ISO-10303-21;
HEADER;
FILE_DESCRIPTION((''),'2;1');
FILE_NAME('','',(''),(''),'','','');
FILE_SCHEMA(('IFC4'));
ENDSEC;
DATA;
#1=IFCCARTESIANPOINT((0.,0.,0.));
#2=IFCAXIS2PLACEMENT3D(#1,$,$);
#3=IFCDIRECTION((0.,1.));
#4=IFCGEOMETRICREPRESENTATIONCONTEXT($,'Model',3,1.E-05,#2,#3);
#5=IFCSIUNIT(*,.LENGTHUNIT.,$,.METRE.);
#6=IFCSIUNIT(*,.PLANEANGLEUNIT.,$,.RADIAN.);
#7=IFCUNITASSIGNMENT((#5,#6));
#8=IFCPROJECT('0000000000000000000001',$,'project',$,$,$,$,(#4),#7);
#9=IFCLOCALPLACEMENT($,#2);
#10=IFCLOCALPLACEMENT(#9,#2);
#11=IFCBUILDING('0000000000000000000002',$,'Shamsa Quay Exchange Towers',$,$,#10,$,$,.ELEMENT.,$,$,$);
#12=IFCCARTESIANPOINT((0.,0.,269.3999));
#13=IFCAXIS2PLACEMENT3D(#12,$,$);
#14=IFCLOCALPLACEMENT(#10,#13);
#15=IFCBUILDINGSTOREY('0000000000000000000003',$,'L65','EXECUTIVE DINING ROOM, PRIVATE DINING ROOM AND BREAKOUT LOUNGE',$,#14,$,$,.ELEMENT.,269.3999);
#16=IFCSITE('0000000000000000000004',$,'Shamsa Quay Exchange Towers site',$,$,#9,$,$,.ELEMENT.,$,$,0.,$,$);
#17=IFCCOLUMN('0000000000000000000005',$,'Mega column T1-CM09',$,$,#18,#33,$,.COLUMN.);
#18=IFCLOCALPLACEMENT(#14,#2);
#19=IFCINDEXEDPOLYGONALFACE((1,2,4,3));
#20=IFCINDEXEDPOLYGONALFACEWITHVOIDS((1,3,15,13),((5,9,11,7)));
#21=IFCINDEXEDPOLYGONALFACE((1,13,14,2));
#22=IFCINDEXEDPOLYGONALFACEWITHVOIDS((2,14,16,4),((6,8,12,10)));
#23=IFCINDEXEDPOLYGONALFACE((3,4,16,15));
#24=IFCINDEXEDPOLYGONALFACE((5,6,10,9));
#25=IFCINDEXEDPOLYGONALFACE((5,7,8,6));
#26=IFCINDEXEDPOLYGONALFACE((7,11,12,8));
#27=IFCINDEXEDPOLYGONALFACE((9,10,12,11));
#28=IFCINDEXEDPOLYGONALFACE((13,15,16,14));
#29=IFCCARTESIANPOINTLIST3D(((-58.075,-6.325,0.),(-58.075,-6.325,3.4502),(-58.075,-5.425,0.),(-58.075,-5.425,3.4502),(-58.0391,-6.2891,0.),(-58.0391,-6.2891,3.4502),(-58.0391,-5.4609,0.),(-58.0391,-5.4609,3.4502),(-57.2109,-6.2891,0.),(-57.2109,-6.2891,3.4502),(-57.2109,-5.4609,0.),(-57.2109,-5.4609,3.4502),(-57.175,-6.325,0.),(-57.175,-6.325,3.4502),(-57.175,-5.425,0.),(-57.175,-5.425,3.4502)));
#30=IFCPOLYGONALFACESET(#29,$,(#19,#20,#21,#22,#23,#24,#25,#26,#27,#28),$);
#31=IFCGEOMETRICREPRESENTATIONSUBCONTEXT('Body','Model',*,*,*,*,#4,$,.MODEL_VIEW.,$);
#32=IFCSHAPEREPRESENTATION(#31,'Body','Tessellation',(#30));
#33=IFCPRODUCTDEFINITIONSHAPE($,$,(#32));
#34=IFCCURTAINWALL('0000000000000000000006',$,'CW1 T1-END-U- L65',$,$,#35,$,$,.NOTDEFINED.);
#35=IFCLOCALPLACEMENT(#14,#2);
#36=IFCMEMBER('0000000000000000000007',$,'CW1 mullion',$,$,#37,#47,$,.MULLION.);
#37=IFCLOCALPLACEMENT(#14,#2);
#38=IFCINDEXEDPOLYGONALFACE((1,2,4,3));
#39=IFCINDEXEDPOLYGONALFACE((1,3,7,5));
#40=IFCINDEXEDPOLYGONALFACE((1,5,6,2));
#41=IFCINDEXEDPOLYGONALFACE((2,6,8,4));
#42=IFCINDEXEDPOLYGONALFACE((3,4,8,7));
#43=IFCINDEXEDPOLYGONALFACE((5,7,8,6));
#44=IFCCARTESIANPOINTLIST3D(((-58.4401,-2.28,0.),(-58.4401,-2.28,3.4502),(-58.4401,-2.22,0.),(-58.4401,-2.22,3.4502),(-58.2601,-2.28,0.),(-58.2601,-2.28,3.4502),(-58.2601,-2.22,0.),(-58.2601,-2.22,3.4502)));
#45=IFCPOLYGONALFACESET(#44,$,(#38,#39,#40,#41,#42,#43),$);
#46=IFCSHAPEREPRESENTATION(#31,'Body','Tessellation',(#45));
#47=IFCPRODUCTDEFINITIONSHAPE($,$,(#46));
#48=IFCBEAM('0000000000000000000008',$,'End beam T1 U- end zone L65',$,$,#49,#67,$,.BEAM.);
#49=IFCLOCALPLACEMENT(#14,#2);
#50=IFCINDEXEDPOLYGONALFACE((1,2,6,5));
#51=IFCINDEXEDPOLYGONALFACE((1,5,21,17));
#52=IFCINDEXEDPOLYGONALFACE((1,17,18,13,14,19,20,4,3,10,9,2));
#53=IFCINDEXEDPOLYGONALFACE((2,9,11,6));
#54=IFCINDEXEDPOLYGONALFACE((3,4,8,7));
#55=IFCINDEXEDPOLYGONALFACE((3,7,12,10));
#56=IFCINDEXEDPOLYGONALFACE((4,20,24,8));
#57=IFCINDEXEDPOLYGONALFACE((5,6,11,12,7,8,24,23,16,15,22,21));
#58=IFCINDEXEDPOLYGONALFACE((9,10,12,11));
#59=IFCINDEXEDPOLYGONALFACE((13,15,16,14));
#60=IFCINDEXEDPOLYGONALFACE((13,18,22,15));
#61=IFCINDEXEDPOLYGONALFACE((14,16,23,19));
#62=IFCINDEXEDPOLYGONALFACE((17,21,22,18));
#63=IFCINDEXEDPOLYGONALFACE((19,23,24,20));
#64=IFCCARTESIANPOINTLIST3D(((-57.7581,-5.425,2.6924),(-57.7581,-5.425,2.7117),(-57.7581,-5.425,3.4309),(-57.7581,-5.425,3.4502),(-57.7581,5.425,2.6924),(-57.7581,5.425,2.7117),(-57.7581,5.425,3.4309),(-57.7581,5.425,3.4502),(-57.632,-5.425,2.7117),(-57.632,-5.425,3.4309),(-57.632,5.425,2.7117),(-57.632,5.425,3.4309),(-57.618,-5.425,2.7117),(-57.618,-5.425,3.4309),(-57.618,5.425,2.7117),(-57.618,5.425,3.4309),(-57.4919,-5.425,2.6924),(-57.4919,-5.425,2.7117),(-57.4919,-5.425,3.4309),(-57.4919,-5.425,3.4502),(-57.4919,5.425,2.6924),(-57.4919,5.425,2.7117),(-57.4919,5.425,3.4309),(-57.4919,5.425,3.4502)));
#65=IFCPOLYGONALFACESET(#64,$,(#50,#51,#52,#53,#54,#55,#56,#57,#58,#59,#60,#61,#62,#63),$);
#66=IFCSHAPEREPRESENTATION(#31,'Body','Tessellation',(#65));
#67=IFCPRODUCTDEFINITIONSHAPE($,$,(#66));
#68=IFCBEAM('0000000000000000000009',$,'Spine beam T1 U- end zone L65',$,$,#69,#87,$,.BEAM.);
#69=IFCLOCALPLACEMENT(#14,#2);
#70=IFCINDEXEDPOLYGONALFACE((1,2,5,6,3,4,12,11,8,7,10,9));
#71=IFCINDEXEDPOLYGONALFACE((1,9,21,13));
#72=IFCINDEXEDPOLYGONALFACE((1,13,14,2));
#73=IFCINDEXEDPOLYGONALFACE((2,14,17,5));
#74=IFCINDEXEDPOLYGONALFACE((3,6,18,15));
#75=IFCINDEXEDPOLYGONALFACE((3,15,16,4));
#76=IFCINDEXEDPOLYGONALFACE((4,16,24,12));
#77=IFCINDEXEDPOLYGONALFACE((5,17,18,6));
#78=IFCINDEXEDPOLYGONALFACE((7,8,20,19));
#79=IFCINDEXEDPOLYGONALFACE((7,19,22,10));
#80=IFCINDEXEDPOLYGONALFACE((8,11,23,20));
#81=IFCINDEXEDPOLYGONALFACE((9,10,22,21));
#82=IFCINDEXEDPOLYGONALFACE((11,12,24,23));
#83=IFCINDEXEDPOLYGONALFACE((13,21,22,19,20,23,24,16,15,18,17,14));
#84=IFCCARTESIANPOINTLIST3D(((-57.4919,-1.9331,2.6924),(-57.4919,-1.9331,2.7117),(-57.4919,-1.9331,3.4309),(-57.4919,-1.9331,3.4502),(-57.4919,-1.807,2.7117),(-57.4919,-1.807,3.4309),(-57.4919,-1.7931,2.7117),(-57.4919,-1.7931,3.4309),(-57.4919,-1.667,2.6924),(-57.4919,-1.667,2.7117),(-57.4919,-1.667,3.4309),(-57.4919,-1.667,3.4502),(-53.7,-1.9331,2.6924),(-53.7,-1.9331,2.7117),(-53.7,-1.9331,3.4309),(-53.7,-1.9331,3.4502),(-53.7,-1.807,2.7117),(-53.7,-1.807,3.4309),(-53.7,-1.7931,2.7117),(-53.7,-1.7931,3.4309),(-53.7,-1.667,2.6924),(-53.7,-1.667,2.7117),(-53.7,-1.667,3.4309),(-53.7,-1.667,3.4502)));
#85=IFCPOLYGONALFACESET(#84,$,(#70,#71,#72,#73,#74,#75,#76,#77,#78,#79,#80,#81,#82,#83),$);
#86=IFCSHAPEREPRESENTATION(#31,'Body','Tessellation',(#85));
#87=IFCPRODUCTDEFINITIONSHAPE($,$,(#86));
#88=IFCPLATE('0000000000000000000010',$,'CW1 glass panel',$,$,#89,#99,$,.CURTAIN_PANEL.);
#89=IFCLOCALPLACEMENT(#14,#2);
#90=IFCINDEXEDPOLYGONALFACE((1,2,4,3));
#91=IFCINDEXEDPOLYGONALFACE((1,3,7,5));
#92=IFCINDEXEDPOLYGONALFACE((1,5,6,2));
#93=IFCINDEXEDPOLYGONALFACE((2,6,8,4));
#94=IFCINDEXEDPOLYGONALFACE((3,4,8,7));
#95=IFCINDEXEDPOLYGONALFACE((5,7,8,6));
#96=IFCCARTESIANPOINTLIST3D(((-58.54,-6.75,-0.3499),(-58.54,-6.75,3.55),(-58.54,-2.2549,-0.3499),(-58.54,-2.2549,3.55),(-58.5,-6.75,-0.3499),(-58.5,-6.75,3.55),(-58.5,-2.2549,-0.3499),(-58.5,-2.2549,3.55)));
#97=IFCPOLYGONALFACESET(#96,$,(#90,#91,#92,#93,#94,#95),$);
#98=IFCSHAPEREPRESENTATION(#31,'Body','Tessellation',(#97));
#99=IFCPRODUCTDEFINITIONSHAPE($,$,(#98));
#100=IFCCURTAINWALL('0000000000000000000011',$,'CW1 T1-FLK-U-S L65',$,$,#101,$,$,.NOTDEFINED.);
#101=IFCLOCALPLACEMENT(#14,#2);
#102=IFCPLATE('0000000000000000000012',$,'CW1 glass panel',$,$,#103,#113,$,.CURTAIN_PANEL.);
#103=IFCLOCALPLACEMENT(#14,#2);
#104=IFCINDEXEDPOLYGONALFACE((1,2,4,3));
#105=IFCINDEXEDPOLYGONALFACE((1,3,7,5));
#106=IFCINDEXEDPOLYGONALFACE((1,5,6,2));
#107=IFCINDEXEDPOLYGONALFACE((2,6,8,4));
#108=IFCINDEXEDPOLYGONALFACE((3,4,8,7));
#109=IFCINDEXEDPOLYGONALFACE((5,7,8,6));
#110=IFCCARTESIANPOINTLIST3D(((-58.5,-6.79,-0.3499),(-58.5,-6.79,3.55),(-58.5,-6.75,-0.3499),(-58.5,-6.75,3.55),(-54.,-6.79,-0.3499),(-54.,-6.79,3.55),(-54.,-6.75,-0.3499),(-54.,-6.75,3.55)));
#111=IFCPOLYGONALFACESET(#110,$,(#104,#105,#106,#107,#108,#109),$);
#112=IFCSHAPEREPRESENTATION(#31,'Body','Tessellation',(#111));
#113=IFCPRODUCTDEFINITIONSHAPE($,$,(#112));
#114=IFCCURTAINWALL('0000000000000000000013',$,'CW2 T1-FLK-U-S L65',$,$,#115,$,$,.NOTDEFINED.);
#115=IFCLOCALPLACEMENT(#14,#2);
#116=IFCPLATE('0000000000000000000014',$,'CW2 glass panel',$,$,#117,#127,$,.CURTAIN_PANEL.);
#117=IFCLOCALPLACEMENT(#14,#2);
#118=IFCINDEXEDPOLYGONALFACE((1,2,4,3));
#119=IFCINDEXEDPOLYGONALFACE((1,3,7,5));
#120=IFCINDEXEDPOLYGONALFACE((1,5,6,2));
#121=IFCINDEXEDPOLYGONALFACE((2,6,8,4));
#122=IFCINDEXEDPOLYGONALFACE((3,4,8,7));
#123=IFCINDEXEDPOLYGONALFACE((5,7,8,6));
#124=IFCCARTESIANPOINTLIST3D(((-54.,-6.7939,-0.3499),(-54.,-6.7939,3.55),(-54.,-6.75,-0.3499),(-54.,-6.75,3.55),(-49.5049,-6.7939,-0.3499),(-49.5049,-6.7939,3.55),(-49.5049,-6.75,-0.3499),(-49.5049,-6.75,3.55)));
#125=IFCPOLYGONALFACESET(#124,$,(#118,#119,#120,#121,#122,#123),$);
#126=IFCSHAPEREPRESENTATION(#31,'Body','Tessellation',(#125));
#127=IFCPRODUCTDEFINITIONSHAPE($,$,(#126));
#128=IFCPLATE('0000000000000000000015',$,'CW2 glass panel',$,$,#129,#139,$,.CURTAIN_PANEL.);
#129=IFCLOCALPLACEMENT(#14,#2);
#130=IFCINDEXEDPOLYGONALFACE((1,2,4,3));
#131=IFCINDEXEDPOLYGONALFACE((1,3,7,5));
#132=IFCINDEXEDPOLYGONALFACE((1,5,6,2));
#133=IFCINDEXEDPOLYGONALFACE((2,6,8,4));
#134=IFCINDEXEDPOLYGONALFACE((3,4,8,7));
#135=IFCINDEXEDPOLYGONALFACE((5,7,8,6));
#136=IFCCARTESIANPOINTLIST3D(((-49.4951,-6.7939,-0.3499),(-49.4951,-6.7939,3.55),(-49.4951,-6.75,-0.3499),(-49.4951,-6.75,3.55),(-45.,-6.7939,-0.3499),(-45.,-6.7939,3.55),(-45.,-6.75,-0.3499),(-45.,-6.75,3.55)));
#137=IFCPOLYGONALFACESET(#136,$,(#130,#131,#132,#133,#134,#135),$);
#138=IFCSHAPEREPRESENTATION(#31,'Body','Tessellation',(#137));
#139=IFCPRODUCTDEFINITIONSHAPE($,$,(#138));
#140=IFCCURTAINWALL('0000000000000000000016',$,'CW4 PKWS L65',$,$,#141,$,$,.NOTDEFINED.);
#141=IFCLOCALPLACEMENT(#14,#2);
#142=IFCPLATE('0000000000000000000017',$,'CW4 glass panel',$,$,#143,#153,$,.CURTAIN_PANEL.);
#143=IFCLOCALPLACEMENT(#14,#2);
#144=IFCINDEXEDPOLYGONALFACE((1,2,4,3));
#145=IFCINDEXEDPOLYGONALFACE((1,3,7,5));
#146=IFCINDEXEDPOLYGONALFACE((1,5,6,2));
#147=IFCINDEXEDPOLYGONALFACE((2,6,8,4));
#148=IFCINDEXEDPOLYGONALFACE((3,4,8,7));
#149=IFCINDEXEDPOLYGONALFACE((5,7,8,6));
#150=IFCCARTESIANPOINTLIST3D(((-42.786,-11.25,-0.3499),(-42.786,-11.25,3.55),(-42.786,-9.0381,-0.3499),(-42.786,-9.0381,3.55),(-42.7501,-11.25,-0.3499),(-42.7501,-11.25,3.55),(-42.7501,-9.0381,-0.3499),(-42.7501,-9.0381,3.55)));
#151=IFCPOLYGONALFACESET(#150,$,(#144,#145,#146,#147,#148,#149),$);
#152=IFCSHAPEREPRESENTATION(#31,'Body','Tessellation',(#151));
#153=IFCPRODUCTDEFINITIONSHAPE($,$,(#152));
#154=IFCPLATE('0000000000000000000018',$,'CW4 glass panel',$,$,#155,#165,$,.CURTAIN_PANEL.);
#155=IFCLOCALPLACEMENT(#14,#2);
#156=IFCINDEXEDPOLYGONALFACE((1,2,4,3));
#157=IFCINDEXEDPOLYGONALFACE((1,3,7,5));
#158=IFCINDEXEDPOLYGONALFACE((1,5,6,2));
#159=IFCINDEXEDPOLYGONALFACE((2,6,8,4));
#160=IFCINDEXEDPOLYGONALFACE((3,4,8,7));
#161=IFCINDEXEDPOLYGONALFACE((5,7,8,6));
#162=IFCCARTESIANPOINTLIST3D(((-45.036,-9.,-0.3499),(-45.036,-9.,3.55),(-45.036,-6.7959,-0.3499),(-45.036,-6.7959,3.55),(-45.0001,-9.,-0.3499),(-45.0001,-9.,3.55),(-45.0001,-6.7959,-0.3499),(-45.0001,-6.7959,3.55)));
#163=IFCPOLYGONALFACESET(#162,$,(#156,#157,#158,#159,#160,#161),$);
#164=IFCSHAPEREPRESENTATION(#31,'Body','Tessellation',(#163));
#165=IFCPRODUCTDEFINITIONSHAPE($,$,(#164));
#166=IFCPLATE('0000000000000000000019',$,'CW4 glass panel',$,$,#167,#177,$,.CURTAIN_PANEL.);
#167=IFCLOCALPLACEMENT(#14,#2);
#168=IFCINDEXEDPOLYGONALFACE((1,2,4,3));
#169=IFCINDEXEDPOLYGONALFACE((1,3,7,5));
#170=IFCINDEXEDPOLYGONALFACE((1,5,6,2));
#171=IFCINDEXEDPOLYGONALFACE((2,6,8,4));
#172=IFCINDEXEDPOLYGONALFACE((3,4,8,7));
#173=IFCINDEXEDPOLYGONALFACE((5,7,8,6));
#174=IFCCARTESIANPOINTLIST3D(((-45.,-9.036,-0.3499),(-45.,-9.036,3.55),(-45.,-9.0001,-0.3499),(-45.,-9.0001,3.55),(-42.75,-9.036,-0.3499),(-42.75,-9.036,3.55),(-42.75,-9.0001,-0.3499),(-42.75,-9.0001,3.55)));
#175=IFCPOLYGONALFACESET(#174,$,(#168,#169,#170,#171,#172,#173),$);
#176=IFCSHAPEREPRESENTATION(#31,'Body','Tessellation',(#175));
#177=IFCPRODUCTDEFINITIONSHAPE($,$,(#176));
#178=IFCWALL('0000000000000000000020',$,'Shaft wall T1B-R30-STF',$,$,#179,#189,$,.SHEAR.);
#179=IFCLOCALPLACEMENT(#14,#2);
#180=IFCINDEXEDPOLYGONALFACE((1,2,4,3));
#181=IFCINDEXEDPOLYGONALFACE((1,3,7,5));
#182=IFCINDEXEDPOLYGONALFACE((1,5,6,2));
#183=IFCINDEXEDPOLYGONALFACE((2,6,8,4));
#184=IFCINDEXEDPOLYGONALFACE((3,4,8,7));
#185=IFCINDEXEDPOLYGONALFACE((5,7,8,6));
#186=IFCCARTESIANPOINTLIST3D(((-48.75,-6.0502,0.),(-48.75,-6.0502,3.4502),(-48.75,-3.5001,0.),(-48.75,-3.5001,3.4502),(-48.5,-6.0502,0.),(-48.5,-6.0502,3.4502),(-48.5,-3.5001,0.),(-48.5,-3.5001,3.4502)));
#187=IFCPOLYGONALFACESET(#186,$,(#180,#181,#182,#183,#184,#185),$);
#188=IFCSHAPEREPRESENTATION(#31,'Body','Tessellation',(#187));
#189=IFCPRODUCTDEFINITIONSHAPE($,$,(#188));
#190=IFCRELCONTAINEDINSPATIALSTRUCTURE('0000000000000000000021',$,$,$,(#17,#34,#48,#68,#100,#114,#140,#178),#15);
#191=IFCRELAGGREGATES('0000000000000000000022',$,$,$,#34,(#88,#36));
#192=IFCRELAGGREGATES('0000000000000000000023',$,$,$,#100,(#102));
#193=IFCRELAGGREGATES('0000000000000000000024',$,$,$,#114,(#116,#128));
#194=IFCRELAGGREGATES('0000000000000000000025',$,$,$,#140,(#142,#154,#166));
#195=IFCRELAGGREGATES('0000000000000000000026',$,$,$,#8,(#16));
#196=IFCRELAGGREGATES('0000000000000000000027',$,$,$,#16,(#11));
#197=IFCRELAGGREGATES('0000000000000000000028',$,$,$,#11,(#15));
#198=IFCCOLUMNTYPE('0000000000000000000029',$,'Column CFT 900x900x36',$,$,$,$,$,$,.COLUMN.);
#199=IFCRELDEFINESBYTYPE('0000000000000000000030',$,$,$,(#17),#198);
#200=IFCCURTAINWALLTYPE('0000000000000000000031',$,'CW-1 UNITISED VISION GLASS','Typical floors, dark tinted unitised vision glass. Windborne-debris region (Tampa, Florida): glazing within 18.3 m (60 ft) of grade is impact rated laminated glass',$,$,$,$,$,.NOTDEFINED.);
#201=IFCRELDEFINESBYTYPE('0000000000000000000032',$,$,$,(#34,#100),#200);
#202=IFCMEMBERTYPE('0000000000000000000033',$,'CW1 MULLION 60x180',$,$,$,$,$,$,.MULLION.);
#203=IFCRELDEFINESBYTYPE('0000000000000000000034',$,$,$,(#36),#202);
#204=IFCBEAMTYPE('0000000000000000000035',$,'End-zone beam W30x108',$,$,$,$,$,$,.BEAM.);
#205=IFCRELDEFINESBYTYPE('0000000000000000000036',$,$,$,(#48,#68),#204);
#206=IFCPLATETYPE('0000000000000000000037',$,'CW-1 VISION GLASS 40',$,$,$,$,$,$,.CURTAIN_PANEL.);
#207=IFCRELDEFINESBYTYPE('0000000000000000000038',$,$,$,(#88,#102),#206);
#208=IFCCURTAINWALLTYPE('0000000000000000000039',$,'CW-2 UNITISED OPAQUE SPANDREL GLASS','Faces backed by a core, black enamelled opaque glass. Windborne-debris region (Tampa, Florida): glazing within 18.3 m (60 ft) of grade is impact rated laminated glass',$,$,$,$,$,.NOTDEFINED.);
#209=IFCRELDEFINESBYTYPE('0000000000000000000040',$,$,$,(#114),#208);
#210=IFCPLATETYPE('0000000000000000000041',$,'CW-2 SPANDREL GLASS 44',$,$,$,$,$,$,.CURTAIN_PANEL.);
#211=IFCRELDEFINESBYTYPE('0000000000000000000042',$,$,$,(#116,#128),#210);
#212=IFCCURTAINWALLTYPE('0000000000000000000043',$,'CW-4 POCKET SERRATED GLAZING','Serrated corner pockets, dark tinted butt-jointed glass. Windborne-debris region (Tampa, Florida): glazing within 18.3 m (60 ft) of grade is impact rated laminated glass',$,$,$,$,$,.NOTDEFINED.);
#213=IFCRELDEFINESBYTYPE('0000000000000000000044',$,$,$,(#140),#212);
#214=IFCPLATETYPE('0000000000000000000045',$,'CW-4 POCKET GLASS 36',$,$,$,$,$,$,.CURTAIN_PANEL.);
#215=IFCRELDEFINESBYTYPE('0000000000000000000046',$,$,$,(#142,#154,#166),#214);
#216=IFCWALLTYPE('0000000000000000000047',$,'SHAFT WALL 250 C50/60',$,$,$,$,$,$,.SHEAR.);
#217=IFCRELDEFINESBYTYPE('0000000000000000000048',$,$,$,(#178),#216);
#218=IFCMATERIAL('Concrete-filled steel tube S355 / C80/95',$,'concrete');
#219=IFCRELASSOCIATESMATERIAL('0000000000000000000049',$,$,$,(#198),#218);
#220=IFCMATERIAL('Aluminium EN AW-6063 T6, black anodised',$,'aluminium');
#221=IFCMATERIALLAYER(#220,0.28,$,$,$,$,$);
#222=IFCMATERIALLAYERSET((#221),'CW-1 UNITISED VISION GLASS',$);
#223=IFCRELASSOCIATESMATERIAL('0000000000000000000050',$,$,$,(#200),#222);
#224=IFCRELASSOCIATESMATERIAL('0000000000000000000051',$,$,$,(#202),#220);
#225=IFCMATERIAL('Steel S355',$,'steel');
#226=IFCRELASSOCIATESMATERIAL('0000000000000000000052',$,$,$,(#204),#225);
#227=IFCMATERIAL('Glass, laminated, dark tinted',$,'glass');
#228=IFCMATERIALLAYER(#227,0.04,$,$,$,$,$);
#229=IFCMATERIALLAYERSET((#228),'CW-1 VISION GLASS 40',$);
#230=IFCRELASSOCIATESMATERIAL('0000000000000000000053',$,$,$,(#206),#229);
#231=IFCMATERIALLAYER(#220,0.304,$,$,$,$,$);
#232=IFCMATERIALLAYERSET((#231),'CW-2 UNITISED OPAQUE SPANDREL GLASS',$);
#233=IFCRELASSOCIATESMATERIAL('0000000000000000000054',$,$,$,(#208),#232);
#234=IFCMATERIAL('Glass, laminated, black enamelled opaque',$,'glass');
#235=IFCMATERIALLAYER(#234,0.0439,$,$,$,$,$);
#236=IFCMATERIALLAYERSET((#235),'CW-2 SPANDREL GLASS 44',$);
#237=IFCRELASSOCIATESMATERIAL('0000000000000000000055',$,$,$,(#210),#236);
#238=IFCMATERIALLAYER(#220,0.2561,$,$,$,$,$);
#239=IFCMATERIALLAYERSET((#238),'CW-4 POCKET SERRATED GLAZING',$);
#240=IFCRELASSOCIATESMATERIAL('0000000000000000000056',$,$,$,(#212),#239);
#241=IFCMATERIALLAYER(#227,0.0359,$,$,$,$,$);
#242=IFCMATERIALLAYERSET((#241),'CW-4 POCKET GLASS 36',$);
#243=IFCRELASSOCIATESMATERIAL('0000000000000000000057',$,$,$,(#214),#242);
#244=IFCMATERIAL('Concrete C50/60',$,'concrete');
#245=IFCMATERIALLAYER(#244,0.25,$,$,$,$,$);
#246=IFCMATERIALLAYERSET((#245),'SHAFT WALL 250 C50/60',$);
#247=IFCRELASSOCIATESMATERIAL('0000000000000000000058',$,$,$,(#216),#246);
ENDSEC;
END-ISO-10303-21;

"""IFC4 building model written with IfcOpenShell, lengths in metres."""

from ifc_helpers import new_model, si_unit, direction, frame, frame_2d, origin, origin_2d, place, context, subcontext, project, spatial, rectangle, hollow_rectangle, i_section, extrude, material, layer, layer_set, material_profile, profile_set, type_object, element, aggregate, save


model = new_model("IFC4")

# Units and contexts
model_context = context("Model", 3, precision=1e-05, world=origin(), true_north=direction((0.0, 1.0)))
body_context = subcontext(model_context, "Body", "Model", "MODEL_VIEW")
ifc_project = project(units=[si_unit("LENGTHUNIT", "METRE"), si_unit("PLANEANGLEUNIT", "RADIAN")], contexts=[model_context])

# Site, building, storey
site_placement = place(None, origin())
site = spatial("IfcSite", under=ifc_project, at=site_placement, Name="Shamsa Quay Exchange Towers site", CompositionType="ELEMENT", RefElevation=0.0)
building_placement = place(site_placement, origin())
building = spatial("IfcBuilding", under=site, at=building_placement, Name="Shamsa Quay Exchange Towers", CompositionType="ELEMENT")
storey_placement = place(building_placement, frame((0.0, 0.0, 269.3999)))
storey = spatial("IfcBuildingStorey", under=building, at=storey_placement, Name="L65", Description="EXECUTIVE DINING ROOM, PRIVATE DINING ROOM AND BREAKOUT LOUNGE", CompositionType="ELEMENT", Elevation=269.3999)

# Column
ifc_material_1 = material(Name="Concrete-filled steel tube S355 / C80/95", Category="concrete")
ifc_material_profile_1 = material_profile(ifc_material_1, hollow_rectangle(XDim=0.8999, YDim=0.8999, WallThickness=0.0359, at=origin_2d()), Name="CFT 900x900x36")
ifc_profile_set_1 = profile_set([ifc_material_profile_1], Name="Concrete-filled steel tube S355 / C80/95")
column_type = type_object("IfcColumnType", Name="Column CFT 900x900x36", PredefinedType="COLUMN", material=ifc_profile_set_1)
column_placement = place(storey_placement, frame((-57.625, -5.875, 0.0)))
element("IfcColumn", 1, at=column_placement, inside=storey, type_object=column_type, Name="Mega column T1-CM09", PredefinedType="COLUMN", context=body_context, shape_type="SweptSolid", body=[
    extrude(hollow_rectangle(XDim=0.8999, YDim=0.8999, WallThickness=0.0359, at=origin_2d()), origin(), (0.0, 0.0, 1.0), 3.4502),
])

# Curtain wall, member
ifc_material_2 = material(Name="Aluminium EN AW-6063 T6, black anodised", Category="aluminium")
ifc_layer_1 = layer(ifc_material_2, 0.28)
ifc_layer_set_1 = layer_set([ifc_layer_1], Name="CW-1 UNITISED VISION GLASS")
curtain_wall_type_1 = type_object("IfcCurtainWallType", Name="CW-1 UNITISED VISION GLASS", Description="Typical floors, dark tinted unitised vision glass. Windborne-debris region (Tampa, Florida): glazing within 18.3 m (60 ft) of grade is impact rated laminated glass", PredefinedType="NOTDEFINED", material=ifc_layer_set_1)
curtain_wall_1_placement = place(storey_placement, origin())
curtain_wall_1 = element("IfcCurtainWall", 2, at=curtain_wall_1_placement, inside=storey, type_object=curtain_wall_type_1, Name="CW1 T1-END-U- L65", PredefinedType="NOTDEFINED")
ifc_material_profile_2 = material_profile(ifc_material_2, rectangle(XDim=0.1799, YDim=0.0601, at=origin_2d()), Name="MU60x180")
ifc_profile_set_2 = profile_set([ifc_material_profile_2], Name="Aluminium EN AW-6063 T6, black anodised")
member_type = type_object("IfcMemberType", Name="CW1 MULLION 60x180", PredefinedType="MULLION", material=ifc_profile_set_2)
member_placement = place(storey_placement, frame((-58.3501, -2.25, 0.0)))
member = element("IfcMember", 3, at=member_placement, type_object=member_type, Name="CW1 mullion", PredefinedType="MULLION", context=body_context, shape_type="SweptSolid", body=[
    extrude(rectangle(XDim=0.1799, YDim=0.0601, at=origin_2d()), origin(), (0.0, 0.0, 1.0), 3.4502),
])

# Beams
ifc_material_3 = material(Name="Steel S355", Category="steel")
ifc_material_profile_3 = material_profile(ifc_material_3, i_section(OverallWidth=0.2661, OverallDepth=0.7578, WebThickness=0.0139, FlangeThickness=0.0193, at=origin_2d()), Name="W30x108")
ifc_profile_set_3 = profile_set([ifc_material_profile_3], Name="Steel S355")
beam_type = type_object("IfcBeamType", Name="End-zone beam W30x108", PredefinedType="BEAM", material=ifc_profile_set_3)
beam_1_placement = place(storey_placement, frame((-57.625, -5.425, 3.0713), z_axis=(0.0, 1.0, 0.0), x_axis=(-1.0, 0.0, 0.0)))
element("IfcBeam", 4, at=beam_1_placement, inside=storey, type_object=beam_type, Name="End beam T1 U- end zone L65", PredefinedType="BEAM", context=body_context, shape_type="SweptSolid", body=[
    extrude(i_section(OverallWidth=0.2661, OverallDepth=0.7578, WebThickness=0.0139, FlangeThickness=0.0193, at=origin_2d()), origin(), (0.0, 0.0, 1.0), 10.8501),
])
beam_2_placement = place(storey_placement, frame((-53.7, -1.8, 3.0713), z_axis=(-1.0, 0.0, 0.0), x_axis=(0.0, -1.0, 0.0)))
element("IfcBeam", 5, at=beam_2_placement, inside=storey, type_object=beam_type, Name="Spine beam T1 U- end zone L65", PredefinedType="BEAM", context=body_context, shape_type="SweptSolid", body=[
    extrude(i_section(OverallWidth=0.2661, OverallDepth=0.7578, WebThickness=0.0139, FlangeThickness=0.0193, at=origin_2d()), origin(), (0.0, 0.0, 1.0), 3.792),
])

# Plate
ifc_material_4 = material(Name="Glass, laminated, dark tinted", Category="glass")
ifc_layer_2 = layer(ifc_material_4, 0.04)
ifc_layer_set_2 = layer_set([ifc_layer_2], Name="CW-1 VISION GLASS 40")
plate_type_1 = type_object("IfcPlateType", Name="CW-1 VISION GLASS 40", PredefinedType="CURTAIN_PANEL", material=ifc_layer_set_2)
plate_1_placement = place(storey_placement, frame((-58.52, -4.5024, -0.3499), z_axis=(0.0, 0.0, 1.0), x_axis=(0.0, -1.0, 0.0)))
plate_1 = element("IfcPlate", 6, at=plate_1_placement, type_object=plate_type_1, Name="CW1 glass panel", PredefinedType="CURTAIN_PANEL", context=body_context, shape_type="SweptSolid", body=[
    extrude(rectangle(XDim=4.4951, YDim=0.04, at=origin_2d()), origin(), (0.0, 0.0, 1.0), 3.8999),
])
aggregate(curtain_wall_1, [plate_1, member])

# Curtain wall, plate
curtain_wall_2_placement = place(storey_placement, origin())
curtain_wall_2 = element("IfcCurtainWall", 7, at=curtain_wall_2_placement, inside=storey, type_object=curtain_wall_type_1, Name="CW1 T1-FLK-U-S L65", PredefinedType="NOTDEFINED")
plate_2_placement = place(storey_placement, frame((-56.25, -6.77, -0.3499)))
plate_2 = element("IfcPlate", 8, at=plate_2_placement, type_object=plate_type_1, Name="CW1 glass panel", PredefinedType="CURTAIN_PANEL", context=body_context, shape_type="SweptSolid", body=[
    extrude(rectangle(XDim=4.5, YDim=0.04, at=origin_2d()), origin(), (0.0, 0.0, 1.0), 3.8999),
])
aggregate(curtain_wall_2, [plate_2])

# Curtain walls, plates
ifc_layer_3 = layer(ifc_material_2, 0.304)
ifc_layer_set_3 = layer_set([ifc_layer_3], Name="CW-2 UNITISED OPAQUE SPANDREL GLASS")
curtain_wall_type_2 = type_object("IfcCurtainWallType", Name="CW-2 UNITISED OPAQUE SPANDREL GLASS", Description="Faces backed by a core, black enamelled opaque glass. Windborne-debris region (Tampa, Florida): glazing within 18.3 m (60 ft) of grade is impact rated laminated glass", PredefinedType="NOTDEFINED", material=ifc_layer_set_3)
curtain_wall_3_placement = place(storey_placement, origin())
curtain_wall_3 = element("IfcCurtainWall", 9, at=curtain_wall_3_placement, inside=storey, type_object=curtain_wall_type_2, Name="CW2 T1-FLK-U-S L65", PredefinedType="NOTDEFINED")
ifc_material_5 = material(Name="Glass, laminated, black enamelled opaque", Category="glass")
ifc_layer_4 = layer(ifc_material_5, 0.0439)
ifc_layer_set_4 = layer_set([ifc_layer_4], Name="CW-2 SPANDREL GLASS 44")
plate_type_2 = type_object("IfcPlateType", Name="CW-2 SPANDREL GLASS 44", PredefinedType="CURTAIN_PANEL", material=ifc_layer_set_4)
plate_3_placement = place(storey_placement, frame((-51.7524, -6.772, -0.3499)))
plate_3 = element("IfcPlate", 10, at=plate_3_placement, type_object=plate_type_2, Name="CW2 glass panel", PredefinedType="CURTAIN_PANEL", context=body_context, shape_type="SweptSolid", body=[
    extrude(rectangle(XDim=4.4951, YDim=0.0439, at=origin_2d()), origin(), (0.0, 0.0, 1.0), 3.8999),
])
plate_4_placement = place(storey_placement, frame((-47.2476, -6.772, -0.3499)))
plate_4 = element("IfcPlate", 11, at=plate_4_placement, type_object=plate_type_2, Name="CW2 glass panel", PredefinedType="CURTAIN_PANEL", context=body_context, shape_type="SweptSolid", body=[
    extrude(rectangle(XDim=4.4951, YDim=0.0439, at=origin_2d()), origin(), (0.0, 0.0, 1.0), 3.8999),
])
aggregate(curtain_wall_3, [plate_3, plate_4])
ifc_layer_5 = layer(ifc_material_2, 0.2561)
ifc_layer_set_5 = layer_set([ifc_layer_5], Name="CW-4 POCKET SERRATED GLAZING")
curtain_wall_type_3 = type_object("IfcCurtainWallType", Name="CW-4 POCKET SERRATED GLAZING", Description="Serrated corner pockets, dark tinted butt-jointed glass. Windborne-debris region (Tampa, Florida): glazing within 18.3 m (60 ft) of grade is impact rated laminated glass", PredefinedType="NOTDEFINED", material=ifc_layer_set_5)
curtain_wall_4_placement = place(storey_placement, origin())
curtain_wall_4 = element("IfcCurtainWall", 12, at=curtain_wall_4_placement, inside=storey, type_object=curtain_wall_type_3, Name="CW4 PKWS L65", PredefinedType="NOTDEFINED")
ifc_layer_6 = layer(ifc_material_4, 0.0359)
ifc_layer_set_6 = layer_set([ifc_layer_6], Name="CW-4 POCKET GLASS 36")
plate_type_3 = type_object("IfcPlateType", Name="CW-4 POCKET GLASS 36", PredefinedType="CURTAIN_PANEL", material=ifc_layer_set_6)
plate_5_placement = place(storey_placement, frame((-42.7681, -10.144, -0.3499), z_axis=(0.0, 0.0, 1.0), x_axis=(0.0, -1.0, 0.0)))
plate_5 = element("IfcPlate", 13, at=plate_5_placement, type_object=plate_type_3, Name="CW4 glass panel", PredefinedType="CURTAIN_PANEL", context=body_context, shape_type="SweptSolid", body=[
    extrude(rectangle(XDim=2.2119, YDim=0.0359, at=origin_2d()), origin(), (0.0, 0.0, 1.0), 3.8999),
])
plate_6_placement = place(storey_placement, frame((-45.0181, -7.8979, -0.3499), z_axis=(0.0, 0.0, 1.0), x_axis=(0.0, -1.0, 0.0)))
plate_6 = element("IfcPlate", 14, at=plate_6_placement, type_object=plate_type_3, Name="CW4 glass panel", PredefinedType="CURTAIN_PANEL", context=body_context, shape_type="SweptSolid", body=[
    extrude(rectangle(XDim=2.2041, YDim=0.0359, at=origin_2d()), origin(), (0.0, 0.0, 1.0), 3.8999),
])
plate_7_placement = place(storey_placement, frame((-43.875, -9.0181, -0.3499)))
plate_7 = element("IfcPlate", 15, at=plate_7_placement, type_object=plate_type_3, Name="CW4 glass panel", PredefinedType="CURTAIN_PANEL", context=body_context, shape_type="SweptSolid", body=[
    extrude(rectangle(XDim=2.25, YDim=0.0359, at=origin_2d()), origin(), (0.0, 0.0, 1.0), 3.8999),
])
aggregate(curtain_wall_4, [plate_5, plate_6, plate_7])

# Wall
ifc_material_6 = material(Name="Concrete C50/60", Category="concrete")
ifc_layer_7 = layer(ifc_material_6, 0.25)
ifc_layer_set_7 = layer_set([ifc_layer_7], Name="SHAFT WALL 250 C50/60")
wall_type_1 = type_object("IfcWallType", Name="SHAFT WALL 250 C50/60", PredefinedType="SHEAR", material=ifc_layer_set_7)
wall_1_placement = place(storey_placement, frame((-48.625, -6.05, 0.0), z_axis=(0.0, 0.0, 1.0), x_axis=(0.0, 1.0, 0.0)))
element("IfcWall", 16, at=wall_1_placement, inside=storey, type_object=wall_type_1, Name="Shaft wall T1B-R30-STF", PredefinedType="SHEAR", context=body_context, shape_type="SweptSolid", body=[
    extrude(rectangle(XDim=2.55, YDim=0.25, at=frame_2d((1.2749, 0.0))), origin(), (0.0, 0.0, 1.0), 3.4502),
])

save(model, "model.ifc")
